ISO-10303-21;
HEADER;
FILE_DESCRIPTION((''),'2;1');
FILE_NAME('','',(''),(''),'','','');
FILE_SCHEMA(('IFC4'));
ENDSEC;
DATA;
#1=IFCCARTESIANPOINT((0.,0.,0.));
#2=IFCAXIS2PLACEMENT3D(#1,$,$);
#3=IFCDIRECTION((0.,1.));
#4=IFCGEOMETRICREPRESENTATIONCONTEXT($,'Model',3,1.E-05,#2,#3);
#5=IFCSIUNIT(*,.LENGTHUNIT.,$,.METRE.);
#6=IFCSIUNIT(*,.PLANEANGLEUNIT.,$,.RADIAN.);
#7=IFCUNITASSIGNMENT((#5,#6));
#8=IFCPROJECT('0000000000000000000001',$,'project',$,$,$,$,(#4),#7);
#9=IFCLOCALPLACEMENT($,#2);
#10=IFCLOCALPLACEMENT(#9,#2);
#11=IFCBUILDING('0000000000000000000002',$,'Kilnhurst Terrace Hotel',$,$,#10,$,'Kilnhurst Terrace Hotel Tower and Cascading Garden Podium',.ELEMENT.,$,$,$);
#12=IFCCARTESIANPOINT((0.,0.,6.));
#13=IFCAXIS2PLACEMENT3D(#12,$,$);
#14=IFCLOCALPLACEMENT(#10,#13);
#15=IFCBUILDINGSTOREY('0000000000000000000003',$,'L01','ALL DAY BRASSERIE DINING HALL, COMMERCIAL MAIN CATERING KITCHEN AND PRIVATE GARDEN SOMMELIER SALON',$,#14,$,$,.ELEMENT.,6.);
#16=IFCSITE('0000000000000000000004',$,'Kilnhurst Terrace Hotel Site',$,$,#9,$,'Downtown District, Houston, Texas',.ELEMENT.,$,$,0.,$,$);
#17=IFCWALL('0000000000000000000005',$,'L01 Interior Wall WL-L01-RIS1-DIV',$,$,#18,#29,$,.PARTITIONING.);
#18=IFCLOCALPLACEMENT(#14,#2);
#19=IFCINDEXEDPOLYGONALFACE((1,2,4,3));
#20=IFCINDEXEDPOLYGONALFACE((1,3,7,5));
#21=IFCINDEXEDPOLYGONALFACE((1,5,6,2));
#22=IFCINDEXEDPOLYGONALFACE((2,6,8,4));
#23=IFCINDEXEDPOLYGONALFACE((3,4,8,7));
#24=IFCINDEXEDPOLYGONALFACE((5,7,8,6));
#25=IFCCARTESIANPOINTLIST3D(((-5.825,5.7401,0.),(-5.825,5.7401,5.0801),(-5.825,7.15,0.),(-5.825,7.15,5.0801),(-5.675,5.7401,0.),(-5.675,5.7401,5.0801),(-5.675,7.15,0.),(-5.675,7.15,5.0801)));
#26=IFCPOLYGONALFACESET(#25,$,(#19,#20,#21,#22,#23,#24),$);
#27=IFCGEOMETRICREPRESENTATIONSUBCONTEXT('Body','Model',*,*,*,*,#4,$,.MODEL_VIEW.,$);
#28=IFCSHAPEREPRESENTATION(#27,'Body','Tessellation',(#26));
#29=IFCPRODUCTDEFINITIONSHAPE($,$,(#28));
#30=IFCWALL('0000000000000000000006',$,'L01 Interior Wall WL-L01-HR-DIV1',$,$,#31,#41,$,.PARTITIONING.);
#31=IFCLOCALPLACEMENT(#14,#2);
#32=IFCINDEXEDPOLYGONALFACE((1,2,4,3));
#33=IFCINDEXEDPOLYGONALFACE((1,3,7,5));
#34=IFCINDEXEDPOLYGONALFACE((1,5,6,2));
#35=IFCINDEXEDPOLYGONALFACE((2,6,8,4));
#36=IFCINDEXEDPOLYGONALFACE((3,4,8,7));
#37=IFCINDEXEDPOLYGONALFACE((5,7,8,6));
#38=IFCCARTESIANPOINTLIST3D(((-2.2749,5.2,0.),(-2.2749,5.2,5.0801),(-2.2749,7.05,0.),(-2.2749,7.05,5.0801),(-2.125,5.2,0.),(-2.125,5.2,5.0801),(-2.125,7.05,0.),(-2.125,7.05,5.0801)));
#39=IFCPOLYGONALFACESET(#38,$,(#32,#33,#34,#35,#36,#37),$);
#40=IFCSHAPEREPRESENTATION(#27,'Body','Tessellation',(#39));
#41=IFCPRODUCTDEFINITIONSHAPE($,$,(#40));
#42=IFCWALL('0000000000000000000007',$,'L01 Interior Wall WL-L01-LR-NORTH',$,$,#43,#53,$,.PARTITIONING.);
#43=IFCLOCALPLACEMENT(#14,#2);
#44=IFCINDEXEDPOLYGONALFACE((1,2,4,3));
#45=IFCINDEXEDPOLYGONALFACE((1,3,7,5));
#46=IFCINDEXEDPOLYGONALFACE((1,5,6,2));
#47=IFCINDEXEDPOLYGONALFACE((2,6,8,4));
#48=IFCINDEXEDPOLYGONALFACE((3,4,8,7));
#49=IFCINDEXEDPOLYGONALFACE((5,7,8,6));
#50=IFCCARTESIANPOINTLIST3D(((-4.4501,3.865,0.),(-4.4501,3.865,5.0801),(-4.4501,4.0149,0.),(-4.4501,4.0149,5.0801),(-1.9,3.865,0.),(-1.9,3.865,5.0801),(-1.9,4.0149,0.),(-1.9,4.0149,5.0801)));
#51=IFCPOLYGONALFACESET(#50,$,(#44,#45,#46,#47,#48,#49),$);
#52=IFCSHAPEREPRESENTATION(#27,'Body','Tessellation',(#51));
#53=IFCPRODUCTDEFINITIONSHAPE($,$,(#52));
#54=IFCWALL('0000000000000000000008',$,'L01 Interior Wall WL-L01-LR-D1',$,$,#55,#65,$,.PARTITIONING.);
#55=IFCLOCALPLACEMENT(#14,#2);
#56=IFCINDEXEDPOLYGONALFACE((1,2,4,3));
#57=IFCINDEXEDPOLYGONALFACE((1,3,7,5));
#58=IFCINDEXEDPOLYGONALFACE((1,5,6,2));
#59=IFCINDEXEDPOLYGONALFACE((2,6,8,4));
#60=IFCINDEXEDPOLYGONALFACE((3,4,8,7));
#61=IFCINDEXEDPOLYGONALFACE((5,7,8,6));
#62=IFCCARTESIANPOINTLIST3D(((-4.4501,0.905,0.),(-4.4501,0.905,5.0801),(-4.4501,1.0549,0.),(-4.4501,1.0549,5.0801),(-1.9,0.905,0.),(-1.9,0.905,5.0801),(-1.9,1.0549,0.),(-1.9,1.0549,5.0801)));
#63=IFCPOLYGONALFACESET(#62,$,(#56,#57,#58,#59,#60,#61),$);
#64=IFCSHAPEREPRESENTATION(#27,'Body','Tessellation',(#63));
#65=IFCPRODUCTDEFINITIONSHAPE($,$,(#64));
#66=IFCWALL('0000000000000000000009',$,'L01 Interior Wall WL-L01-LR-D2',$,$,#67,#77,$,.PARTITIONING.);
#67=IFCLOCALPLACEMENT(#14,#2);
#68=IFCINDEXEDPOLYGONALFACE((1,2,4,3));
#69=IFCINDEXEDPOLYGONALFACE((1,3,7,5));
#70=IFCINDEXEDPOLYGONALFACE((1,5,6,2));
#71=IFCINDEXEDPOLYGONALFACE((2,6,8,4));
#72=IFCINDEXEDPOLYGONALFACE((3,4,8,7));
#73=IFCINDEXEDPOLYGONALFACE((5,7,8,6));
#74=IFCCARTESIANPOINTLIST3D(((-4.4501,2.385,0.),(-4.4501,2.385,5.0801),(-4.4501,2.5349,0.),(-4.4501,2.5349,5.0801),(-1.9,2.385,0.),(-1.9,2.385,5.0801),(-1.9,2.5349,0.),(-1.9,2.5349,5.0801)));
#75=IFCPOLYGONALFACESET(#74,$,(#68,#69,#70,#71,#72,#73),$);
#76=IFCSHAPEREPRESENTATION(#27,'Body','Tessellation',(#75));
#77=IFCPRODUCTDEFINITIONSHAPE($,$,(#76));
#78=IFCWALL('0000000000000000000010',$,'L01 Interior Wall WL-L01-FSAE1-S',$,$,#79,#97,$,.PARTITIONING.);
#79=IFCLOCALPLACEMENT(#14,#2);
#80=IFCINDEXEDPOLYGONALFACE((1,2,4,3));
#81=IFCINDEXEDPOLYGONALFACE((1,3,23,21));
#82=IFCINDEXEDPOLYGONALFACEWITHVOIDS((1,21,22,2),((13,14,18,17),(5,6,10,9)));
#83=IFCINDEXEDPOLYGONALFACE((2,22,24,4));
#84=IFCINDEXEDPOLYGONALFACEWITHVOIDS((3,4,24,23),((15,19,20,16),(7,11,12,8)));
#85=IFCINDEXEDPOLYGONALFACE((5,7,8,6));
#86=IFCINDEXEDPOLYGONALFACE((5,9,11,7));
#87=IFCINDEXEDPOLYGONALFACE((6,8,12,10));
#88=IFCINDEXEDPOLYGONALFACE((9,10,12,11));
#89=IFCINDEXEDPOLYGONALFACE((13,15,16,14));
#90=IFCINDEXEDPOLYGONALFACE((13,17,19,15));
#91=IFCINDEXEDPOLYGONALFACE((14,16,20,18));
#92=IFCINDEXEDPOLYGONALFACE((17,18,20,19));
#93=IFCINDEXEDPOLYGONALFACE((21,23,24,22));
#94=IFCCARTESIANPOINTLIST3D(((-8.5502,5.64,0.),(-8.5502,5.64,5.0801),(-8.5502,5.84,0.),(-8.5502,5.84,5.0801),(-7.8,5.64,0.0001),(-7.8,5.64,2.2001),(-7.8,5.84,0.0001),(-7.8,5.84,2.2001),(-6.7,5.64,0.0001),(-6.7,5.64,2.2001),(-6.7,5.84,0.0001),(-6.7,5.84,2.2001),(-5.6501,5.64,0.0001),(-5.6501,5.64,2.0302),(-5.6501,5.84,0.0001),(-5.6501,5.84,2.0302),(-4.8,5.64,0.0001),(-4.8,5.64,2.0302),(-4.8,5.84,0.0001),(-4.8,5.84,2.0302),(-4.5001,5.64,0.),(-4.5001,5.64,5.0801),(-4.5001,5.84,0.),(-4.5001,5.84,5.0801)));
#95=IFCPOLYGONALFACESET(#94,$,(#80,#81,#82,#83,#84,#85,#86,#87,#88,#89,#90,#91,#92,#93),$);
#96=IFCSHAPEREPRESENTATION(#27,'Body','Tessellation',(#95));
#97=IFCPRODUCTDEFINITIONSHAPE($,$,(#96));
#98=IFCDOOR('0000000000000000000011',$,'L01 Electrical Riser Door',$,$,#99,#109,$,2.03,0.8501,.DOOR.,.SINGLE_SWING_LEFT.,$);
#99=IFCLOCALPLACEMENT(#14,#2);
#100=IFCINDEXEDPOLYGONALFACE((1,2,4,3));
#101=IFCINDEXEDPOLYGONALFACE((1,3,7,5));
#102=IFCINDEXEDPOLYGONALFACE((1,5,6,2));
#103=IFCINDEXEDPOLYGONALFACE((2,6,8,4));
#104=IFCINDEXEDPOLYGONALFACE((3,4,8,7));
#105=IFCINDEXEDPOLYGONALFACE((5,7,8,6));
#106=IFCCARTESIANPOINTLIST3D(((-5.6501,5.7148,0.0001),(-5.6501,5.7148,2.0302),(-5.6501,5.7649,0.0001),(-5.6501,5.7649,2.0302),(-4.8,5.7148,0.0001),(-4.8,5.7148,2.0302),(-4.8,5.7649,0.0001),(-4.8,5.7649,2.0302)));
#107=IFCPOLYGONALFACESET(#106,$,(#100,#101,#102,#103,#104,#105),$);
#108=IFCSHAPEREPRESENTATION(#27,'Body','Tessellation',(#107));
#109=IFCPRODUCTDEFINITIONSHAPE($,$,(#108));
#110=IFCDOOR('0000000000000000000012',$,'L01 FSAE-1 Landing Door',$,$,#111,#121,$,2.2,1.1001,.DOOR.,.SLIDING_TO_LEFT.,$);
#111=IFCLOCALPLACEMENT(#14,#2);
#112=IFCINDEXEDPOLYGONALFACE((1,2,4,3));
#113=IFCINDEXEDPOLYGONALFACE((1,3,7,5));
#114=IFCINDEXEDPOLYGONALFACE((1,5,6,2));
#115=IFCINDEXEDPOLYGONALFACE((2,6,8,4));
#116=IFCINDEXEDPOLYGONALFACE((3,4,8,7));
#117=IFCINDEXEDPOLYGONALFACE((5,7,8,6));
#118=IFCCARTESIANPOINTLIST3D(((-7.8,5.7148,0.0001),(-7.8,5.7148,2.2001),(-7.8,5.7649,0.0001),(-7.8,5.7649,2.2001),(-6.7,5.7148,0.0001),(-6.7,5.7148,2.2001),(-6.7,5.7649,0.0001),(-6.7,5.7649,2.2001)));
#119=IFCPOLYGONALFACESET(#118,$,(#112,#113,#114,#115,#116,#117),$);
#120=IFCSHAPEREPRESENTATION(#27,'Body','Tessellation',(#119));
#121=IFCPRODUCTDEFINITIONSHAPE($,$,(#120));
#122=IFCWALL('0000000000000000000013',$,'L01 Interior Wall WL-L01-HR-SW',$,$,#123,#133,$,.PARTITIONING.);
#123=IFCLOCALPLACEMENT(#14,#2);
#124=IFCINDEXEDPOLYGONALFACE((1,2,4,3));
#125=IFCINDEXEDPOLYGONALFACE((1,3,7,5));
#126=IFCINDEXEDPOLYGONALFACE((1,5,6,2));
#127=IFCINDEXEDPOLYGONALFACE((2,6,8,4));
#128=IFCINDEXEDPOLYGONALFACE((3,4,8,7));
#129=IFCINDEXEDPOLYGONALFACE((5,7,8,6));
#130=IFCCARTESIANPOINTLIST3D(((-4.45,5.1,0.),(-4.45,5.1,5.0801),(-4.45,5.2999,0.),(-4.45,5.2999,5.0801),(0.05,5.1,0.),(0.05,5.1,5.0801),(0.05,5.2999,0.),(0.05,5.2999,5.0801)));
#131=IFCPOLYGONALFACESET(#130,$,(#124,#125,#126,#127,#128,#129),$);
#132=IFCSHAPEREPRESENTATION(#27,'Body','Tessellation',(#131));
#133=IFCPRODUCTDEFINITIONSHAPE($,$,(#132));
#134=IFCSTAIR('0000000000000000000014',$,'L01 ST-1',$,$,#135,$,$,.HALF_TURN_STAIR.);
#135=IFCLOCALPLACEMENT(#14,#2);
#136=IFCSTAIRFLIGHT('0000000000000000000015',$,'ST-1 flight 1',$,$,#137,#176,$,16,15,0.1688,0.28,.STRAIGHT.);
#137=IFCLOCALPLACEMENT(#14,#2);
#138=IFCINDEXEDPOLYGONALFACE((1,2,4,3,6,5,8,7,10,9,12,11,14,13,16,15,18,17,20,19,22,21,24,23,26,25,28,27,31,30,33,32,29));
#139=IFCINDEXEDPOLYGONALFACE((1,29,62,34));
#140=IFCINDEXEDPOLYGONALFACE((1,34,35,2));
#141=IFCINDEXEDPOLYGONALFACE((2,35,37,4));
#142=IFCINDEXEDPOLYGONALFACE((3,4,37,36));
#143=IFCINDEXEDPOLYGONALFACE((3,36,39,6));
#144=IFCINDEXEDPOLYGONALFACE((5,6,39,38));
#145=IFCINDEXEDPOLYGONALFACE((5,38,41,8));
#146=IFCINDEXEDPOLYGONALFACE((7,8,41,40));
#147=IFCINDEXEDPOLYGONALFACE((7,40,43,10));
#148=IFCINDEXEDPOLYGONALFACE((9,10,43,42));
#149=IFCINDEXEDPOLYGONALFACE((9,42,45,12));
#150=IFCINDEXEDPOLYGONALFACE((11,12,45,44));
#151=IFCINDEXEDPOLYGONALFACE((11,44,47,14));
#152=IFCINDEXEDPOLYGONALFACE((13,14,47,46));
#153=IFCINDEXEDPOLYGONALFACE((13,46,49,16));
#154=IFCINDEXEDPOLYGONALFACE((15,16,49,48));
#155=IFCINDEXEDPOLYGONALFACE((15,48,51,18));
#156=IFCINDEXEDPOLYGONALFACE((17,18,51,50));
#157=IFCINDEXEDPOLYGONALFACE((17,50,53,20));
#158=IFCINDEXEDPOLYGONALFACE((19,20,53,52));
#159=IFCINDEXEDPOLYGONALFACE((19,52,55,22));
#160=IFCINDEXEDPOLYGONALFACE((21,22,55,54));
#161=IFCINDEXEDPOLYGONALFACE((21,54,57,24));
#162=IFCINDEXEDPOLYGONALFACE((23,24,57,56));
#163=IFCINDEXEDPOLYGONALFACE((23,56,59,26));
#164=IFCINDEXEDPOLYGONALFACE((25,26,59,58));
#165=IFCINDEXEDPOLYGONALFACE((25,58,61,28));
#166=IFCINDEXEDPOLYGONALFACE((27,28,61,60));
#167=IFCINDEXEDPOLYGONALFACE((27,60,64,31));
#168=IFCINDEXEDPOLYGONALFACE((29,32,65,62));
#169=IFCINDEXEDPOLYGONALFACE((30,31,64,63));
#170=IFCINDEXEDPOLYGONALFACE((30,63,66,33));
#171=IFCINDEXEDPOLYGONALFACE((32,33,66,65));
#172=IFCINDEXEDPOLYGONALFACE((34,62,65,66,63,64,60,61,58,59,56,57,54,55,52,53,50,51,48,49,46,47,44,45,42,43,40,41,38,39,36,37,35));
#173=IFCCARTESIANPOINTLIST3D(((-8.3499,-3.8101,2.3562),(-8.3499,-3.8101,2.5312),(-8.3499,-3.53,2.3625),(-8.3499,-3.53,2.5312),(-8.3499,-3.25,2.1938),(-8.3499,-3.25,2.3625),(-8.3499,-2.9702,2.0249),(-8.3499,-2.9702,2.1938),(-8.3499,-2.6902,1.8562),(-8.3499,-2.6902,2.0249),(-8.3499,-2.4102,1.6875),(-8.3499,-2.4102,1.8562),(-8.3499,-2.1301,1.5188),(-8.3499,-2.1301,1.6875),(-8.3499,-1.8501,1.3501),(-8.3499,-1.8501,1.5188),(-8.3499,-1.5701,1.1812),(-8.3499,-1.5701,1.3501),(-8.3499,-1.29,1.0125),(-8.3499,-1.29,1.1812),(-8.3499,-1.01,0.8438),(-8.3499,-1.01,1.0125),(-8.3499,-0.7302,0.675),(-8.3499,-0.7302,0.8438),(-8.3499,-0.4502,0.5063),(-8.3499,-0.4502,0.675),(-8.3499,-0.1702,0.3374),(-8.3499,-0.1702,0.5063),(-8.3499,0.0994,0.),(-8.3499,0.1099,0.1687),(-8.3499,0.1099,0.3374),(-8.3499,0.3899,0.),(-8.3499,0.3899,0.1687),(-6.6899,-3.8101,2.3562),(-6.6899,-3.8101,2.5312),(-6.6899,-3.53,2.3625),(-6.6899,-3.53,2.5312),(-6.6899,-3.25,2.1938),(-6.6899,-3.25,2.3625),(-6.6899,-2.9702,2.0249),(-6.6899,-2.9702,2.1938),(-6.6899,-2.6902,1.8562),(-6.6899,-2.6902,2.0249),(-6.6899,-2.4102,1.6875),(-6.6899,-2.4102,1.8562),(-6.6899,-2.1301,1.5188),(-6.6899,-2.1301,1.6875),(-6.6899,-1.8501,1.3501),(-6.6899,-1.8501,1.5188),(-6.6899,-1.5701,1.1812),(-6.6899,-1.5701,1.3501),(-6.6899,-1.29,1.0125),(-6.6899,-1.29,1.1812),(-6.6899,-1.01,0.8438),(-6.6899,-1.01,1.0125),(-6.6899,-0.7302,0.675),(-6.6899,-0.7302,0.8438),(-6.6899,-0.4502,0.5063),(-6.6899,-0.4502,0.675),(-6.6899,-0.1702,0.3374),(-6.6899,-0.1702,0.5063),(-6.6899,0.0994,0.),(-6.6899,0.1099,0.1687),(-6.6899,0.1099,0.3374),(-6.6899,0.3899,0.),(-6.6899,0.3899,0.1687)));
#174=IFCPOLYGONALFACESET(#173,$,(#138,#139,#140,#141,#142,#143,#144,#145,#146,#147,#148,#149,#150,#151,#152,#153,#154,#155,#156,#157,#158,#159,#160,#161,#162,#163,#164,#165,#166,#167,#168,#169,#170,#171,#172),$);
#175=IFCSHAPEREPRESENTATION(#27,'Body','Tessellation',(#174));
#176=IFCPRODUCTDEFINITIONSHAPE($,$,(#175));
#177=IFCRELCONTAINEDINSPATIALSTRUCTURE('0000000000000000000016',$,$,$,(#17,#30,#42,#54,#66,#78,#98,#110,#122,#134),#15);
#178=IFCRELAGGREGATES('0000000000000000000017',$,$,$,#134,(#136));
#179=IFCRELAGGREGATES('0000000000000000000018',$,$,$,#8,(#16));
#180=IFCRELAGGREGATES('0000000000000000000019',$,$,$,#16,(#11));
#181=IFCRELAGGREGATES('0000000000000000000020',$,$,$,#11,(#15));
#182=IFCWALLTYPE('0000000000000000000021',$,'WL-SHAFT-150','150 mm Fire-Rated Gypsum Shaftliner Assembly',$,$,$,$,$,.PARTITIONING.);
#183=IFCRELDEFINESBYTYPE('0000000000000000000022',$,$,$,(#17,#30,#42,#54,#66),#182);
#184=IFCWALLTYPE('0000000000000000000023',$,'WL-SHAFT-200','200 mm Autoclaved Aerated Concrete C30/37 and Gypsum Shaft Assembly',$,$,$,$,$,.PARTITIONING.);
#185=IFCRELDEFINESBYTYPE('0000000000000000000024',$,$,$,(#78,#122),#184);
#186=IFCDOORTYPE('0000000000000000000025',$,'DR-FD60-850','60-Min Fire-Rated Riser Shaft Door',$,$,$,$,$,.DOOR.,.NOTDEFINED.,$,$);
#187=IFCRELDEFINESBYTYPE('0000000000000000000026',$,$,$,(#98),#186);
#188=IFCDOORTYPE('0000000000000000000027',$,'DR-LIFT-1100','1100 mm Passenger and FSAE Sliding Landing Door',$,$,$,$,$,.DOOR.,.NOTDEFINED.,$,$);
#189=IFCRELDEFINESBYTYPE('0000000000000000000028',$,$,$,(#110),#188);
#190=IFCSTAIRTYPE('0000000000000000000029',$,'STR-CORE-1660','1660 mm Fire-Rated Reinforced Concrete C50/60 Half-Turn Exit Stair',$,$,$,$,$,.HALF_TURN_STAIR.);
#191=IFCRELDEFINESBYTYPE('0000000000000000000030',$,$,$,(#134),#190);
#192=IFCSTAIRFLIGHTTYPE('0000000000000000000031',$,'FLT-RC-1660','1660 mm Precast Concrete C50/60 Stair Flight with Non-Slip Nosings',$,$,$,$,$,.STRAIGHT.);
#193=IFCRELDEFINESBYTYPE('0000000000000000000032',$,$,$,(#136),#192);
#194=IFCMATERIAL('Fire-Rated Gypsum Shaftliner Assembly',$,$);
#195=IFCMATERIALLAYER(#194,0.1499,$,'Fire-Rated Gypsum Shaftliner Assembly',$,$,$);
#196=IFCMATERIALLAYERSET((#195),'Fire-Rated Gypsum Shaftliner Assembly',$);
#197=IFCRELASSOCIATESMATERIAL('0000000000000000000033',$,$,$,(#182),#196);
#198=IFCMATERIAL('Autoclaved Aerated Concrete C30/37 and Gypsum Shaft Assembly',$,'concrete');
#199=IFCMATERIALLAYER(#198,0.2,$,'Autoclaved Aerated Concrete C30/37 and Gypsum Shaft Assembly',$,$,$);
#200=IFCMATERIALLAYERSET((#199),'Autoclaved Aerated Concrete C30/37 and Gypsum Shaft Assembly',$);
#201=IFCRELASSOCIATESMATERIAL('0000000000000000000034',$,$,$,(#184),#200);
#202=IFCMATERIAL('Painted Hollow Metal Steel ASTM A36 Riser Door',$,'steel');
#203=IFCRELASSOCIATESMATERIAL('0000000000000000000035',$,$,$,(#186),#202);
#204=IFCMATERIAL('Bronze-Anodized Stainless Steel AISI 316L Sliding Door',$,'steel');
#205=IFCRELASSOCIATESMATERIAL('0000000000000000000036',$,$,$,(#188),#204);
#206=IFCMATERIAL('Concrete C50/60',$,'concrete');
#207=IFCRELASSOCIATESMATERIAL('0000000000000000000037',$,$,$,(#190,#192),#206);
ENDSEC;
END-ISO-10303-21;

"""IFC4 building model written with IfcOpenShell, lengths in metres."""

from ifc_helpers import new_model, si_unit, direction, frame, frame_2d, origin, place, context, subcontext, project, spatial, polyline, rectangle, outline, extrude, material, layer, layer_set, type_object, element, fill, aggregate, save


model = new_model("IFC4")

# Units and contexts
model_context = context("Model", 3, precision=1e-05, world=origin(), true_north=direction((0.0, 1.0)))
body_context = subcontext(model_context, "Body", "Model", "MODEL_VIEW")
ifc_project = project(units=[si_unit("LENGTHUNIT", "METRE"), si_unit("PLANEANGLEUNIT", "RADIAN")], contexts=[model_context])

# Site, building, storey
site_placement = place(None, origin())
site = spatial("IfcSite", under=ifc_project, at=site_placement, Name="Kilnhurst Terrace Hotel Site", LongName="Downtown District, Houston, Texas", CompositionType="ELEMENT", RefElevation=0.0)
building_placement = place(site_placement, origin())
building = spatial("IfcBuilding", under=site, at=building_placement, Name="Kilnhurst Terrace Hotel", LongName="Kilnhurst Terrace Hotel Tower and Cascading Garden Podium", CompositionType="ELEMENT")
storey_placement = place(building_placement, frame((0.0, 0.0, 6.0)))
storey = spatial("IfcBuildingStorey", under=building, at=storey_placement, Name="L01", Description="ALL DAY BRASSERIE DINING HALL, COMMERCIAL MAIN CATERING KITCHEN AND PRIVATE GARDEN SOMMELIER SALON", CompositionType="ELEMENT", Elevation=6.0)

# Shared definitions
ifc_material_1 = material(Name="Concrete C50/60", Category="concrete")

# Walls
ifc_material_2 = material(Name="Fire-Rated Gypsum Shaftliner Assembly")
ifc_layer_1 = layer(ifc_material_2, 0.1499, Name="Fire-Rated Gypsum Shaftliner Assembly")
ifc_layer_set_1 = layer_set([ifc_layer_1], Name="Fire-Rated Gypsum Shaftliner Assembly")
wall_type_1 = type_object("IfcWallType", Name="WL-SHAFT-150", Description="150 mm Fire-Rated Gypsum Shaftliner Assembly", PredefinedType="PARTITIONING", material=ifc_layer_set_1)
wall_1_placement = place(storey_placement, frame((-5.75, 5.74, 0.0), z_axis=(0.0, 0.0, 1.0), x_axis=(0.0, 1.0, 0.0)))
element("IfcWall", 1, at=wall_1_placement, inside=storey, type_object=wall_type_1, Name="L01 Interior Wall WL-L01-RIS1-DIV", PredefinedType="PARTITIONING", context=body_context, shape_type="SweptSolid", body=[
    extrude(rectangle(XDim=1.4099, YDim=0.1499, at=frame_2d((0.7051, 0.0))), origin(), (0.0, 0.0, 1.0), 5.0801),
])
wall_2_placement = place(storey_placement, frame((-2.2, 5.2, 0.0), z_axis=(0.0, 0.0, 1.0), x_axis=(0.0, 1.0, 0.0)))
element("IfcWall", 2, at=wall_2_placement, inside=storey, type_object=wall_type_1, Name="L01 Interior Wall WL-L01-HR-DIV1", PredefinedType="PARTITIONING", context=body_context, shape_type="SweptSolid", body=[
    extrude(rectangle(XDim=1.8501, YDim=0.1499, at=frame_2d((0.925, 0.0))), origin(), (0.0, 0.0, 1.0), 5.0801),
])
for number, where, z_axis, x_axis, name in (
    (3, (-4.45, 3.9399, 0.0), (0.0, 0.0, 1.0), (1.0, 0.0, 0.0), "L01 Interior Wall WL-L01-LR-NORTH"),
    (4, (-4.45, 0.98, 0.0), (0.0, 0.0, 1.0), (1.0, 0.0, 0.0), "L01 Interior Wall WL-L01-LR-D1"),
    (5, (-4.45, 2.46, 0.0), (0.0, 0.0, 1.0), (1.0, 0.0, 0.0), "L01 Interior Wall WL-L01-LR-D2"),
):
    element("IfcWall", number, at=place(storey_placement, frame(where, z_axis=z_axis, x_axis=x_axis)), inside=storey, type_object=wall_type_1, Name=name, PredefinedType="PARTITIONING", context=body_context, shape_type="SweptSolid", body=[
        extrude(rectangle(XDim=2.55, YDim=0.1499, at=frame_2d((1.2749, 0.0))), origin(), (0.0, 0.0, 1.0), 5.0801),
    ])

# Wall, openings, doors
ifc_material_3 = material(Name="Autoclaved Aerated Concrete C30/37 and Gypsum Shaft Assembly", Category="concrete")
ifc_layer_2 = layer(ifc_material_3, 0.2, Name="Autoclaved Aerated Concrete C30/37 and Gypsum Shaft Assembly")
ifc_layer_set_2 = layer_set([ifc_layer_2], Name="Autoclaved Aerated Concrete C30/37 and Gypsum Shaft Assembly")
wall_type_2 = type_object("IfcWallType", Name="WL-SHAFT-200", Description="200 mm Autoclaved Aerated Concrete C30/37 and Gypsum Shaft Assembly", PredefinedType="PARTITIONING", material=ifc_layer_set_2)
wall_3_placement = place(storey_placement, frame((-8.55, 5.74, 0.0), z_axis=(0.0, 0.0, 1.0), x_axis=(1.0, 0.0, 0.0)))
wall_3 = element("IfcWall", 6, at=wall_3_placement, inside=storey, type_object=wall_type_2, Name="L01 Interior Wall WL-L01-FSAE1-S", PredefinedType="PARTITIONING", context=body_context, shape_type="SweptSolid", body=[
    extrude(rectangle(XDim=4.05, YDim=0.2, at=frame_2d((2.0249, 0.0))), origin(), (0.0, 0.0, 1.0), 5.0801),
])
opening_1_placement = place(wall_3_placement, frame((0.75, 0.0, 0.0)))
opening_1 = element("IfcOpeningElement", 7, at=opening_1_placement, cuts=wall_3, PredefinedType="OPENING", context=body_context, shape_type="SweptSolid", body=[
    extrude(rectangle(XDim=1.1001, YDim=2.2, at=frame_2d((0.55, 1.1001))), frame((0.0, 0.1099, 0.0), z_axis=(0.0, -1.0, 0.0), x_axis=(1.0, 0.0, 0.0)), (0.0, 0.0, 1.0), 0.22),
])
opening_2_placement = place(wall_3_placement, frame((2.8999, 0.0, 0.0)))
opening_2 = element("IfcOpeningElement", 8, at=opening_2_placement, cuts=wall_3, PredefinedType="OPENING", context=body_context, shape_type="SweptSolid", body=[
    extrude(rectangle(XDim=0.8501, YDim=2.03, at=frame_2d((0.425, 1.0151))), frame((0.0, 0.1099, 0.0), z_axis=(0.0, -1.0, 0.0), x_axis=(1.0, 0.0, 0.0)), (0.0, 0.0, 1.0), 0.22),
])
ifc_material_4 = material(Name="Painted Hollow Metal Steel ASTM A36 Riser Door", Category="steel")
door_type_1 = type_object("IfcDoorType", Name="DR-FD60-850", Description="60-Min Fire-Rated Riser Shaft Door", OperationType="NOTDEFINED", PredefinedType="DOOR", material=ifc_material_4)
door_1_placement = place(opening_2_placement, origin())
door_1 = element("IfcDoor", 9, at=door_1_placement, inside=storey, type_object=door_type_1, Name="L01 Electrical Riser Door", OperationType="SINGLE_SWING_LEFT", OverallHeight=2.03, OverallWidth=0.8501, PredefinedType="DOOR", context=body_context, shape_type="SweptSolid", body=[
    extrude(rectangle(XDim=0.8501, YDim=2.03, at=frame_2d((0.425, 1.0151))), frame((0.0, 0.0249, 0.0), z_axis=(0.0, -1.0, 0.0), x_axis=(1.0, 0.0, 0.0)), (0.0, 0.0, 1.0), 0.05),
])
fill(opening_2, door_1)
ifc_material_5 = material(Name="Bronze-Anodized Stainless Steel AISI 316L Sliding Door", Category="steel")
door_type_2 = type_object("IfcDoorType", Name="DR-LIFT-1100", Description="1100 mm Passenger and FSAE Sliding Landing Door", OperationType="NOTDEFINED", PredefinedType="DOOR", material=ifc_material_5)
door_2_placement = place(opening_1_placement, origin())
door_2 = element("IfcDoor", 10, at=door_2_placement, inside=storey, type_object=door_type_2, Name="L01 FSAE-1 Landing Door", OperationType="SLIDING_TO_LEFT", OverallHeight=2.2, OverallWidth=1.1001, PredefinedType="DOOR", context=body_context, shape_type="SweptSolid", body=[
    extrude(rectangle(XDim=1.1001, YDim=2.2, at=frame_2d((0.55, 1.1001))), frame((0.0, 0.0249, 0.0), z_axis=(0.0, -1.0, 0.0), x_axis=(1.0, 0.0, 0.0)), (0.0, 0.0, 1.0), 0.05),
])
fill(opening_1, door_2)

# Wall
wall_4_placement = place(storey_placement, frame((-4.45, 5.2, 0.0), z_axis=(0.0, 0.0, 1.0), x_axis=(1.0, 0.0, 0.0)))
element("IfcWall", 11, at=wall_4_placement, inside=storey, type_object=wall_type_2, Name="L01 Interior Wall WL-L01-HR-SW", PredefinedType="PARTITIONING", context=body_context, shape_type="SweptSolid", body=[
    extrude(rectangle(XDim=4.5, YDim=0.2, at=frame_2d((2.25, 0.0))), origin(), (0.0, 0.0, 1.0), 5.0801),
])

# Stair, stair flight
stair_type = type_object("IfcStairType", Name="STR-CORE-1660", Description="1660 mm Fire-Rated Reinforced Concrete C50/60 Half-Turn Exit Stair", PredefinedType="HALF_TURN_STAIR", material=ifc_material_1)
stair_placement = place(storey_placement, origin())
stair = element("IfcStair", 12, at=stair_placement, inside=storey, type_object=stair_type, Name="L01 ST-1", PredefinedType="HALF_TURN_STAIR")
stair_flight_type = type_object("IfcStairFlightType", Name="FLT-RC-1660", Description="1660 mm Precast Concrete C50/60 Stair Flight with Non-Slip Nosings", PredefinedType="STRAIGHT", material=ifc_material_1)
stair_flight_placement = place(storey_placement, frame((-7.52, 0.3899, 0.0), z_axis=(0.0, 0.0, 1.0), x_axis=(0.0, -1.0, 0.0)))
stair_flight = element("IfcStairFlight", 13, at=stair_flight_placement, type_object=stair_flight_type, Name="ST-1 flight 1", NumberOfRisers=16, NumberOfTreads=15, PredefinedType="STRAIGHT", RiserHeight=0.1688, TreadLength=0.28, context=body_context, shape_type="SweptSolid", body=[
    extrude(outline(polyline([(0.0, 0.0), (0.0, 0.1687), (0.28, 0.1687), (0.28, 0.3374), (0.5601, 0.3374), (0.5601, 0.5063), (0.8401, 0.5063), (0.8401, 0.675), (1.1201, 0.675), (1.1201, 0.8438), (1.3999, 0.8438), (1.3999, 1.0125), (1.6799, 1.0125), (1.6799, 1.1812), (1.96, 1.1812), (1.96, 1.3501), (2.24, 1.3501), (2.24, 1.5188), (2.52, 1.5188), (2.52, 1.6875), (2.8, 1.6875), (2.8, 1.8562), (3.0801, 1.8562), (3.0801, 2.0249), (3.3601, 2.0249), (3.3601, 2.1938), (3.6399, 2.1938), (3.6399, 2.3625), (3.9199, 2.3625), (3.9199, 2.5312), (4.2, 2.5312), (4.2, 2.7), (4.2, 2.3562), (0.2905, 0.0), (0.0, 0.0)])), frame((0.0, 0.8301, 0.0), z_axis=(0.0, -1.0, 0.0), x_axis=(1.0, 0.0, 0.0)), (0.0, 0.0, 1.0), 1.6599),
])
aggregate(stair, [stair_flight])

save(model, "model.ifc")
